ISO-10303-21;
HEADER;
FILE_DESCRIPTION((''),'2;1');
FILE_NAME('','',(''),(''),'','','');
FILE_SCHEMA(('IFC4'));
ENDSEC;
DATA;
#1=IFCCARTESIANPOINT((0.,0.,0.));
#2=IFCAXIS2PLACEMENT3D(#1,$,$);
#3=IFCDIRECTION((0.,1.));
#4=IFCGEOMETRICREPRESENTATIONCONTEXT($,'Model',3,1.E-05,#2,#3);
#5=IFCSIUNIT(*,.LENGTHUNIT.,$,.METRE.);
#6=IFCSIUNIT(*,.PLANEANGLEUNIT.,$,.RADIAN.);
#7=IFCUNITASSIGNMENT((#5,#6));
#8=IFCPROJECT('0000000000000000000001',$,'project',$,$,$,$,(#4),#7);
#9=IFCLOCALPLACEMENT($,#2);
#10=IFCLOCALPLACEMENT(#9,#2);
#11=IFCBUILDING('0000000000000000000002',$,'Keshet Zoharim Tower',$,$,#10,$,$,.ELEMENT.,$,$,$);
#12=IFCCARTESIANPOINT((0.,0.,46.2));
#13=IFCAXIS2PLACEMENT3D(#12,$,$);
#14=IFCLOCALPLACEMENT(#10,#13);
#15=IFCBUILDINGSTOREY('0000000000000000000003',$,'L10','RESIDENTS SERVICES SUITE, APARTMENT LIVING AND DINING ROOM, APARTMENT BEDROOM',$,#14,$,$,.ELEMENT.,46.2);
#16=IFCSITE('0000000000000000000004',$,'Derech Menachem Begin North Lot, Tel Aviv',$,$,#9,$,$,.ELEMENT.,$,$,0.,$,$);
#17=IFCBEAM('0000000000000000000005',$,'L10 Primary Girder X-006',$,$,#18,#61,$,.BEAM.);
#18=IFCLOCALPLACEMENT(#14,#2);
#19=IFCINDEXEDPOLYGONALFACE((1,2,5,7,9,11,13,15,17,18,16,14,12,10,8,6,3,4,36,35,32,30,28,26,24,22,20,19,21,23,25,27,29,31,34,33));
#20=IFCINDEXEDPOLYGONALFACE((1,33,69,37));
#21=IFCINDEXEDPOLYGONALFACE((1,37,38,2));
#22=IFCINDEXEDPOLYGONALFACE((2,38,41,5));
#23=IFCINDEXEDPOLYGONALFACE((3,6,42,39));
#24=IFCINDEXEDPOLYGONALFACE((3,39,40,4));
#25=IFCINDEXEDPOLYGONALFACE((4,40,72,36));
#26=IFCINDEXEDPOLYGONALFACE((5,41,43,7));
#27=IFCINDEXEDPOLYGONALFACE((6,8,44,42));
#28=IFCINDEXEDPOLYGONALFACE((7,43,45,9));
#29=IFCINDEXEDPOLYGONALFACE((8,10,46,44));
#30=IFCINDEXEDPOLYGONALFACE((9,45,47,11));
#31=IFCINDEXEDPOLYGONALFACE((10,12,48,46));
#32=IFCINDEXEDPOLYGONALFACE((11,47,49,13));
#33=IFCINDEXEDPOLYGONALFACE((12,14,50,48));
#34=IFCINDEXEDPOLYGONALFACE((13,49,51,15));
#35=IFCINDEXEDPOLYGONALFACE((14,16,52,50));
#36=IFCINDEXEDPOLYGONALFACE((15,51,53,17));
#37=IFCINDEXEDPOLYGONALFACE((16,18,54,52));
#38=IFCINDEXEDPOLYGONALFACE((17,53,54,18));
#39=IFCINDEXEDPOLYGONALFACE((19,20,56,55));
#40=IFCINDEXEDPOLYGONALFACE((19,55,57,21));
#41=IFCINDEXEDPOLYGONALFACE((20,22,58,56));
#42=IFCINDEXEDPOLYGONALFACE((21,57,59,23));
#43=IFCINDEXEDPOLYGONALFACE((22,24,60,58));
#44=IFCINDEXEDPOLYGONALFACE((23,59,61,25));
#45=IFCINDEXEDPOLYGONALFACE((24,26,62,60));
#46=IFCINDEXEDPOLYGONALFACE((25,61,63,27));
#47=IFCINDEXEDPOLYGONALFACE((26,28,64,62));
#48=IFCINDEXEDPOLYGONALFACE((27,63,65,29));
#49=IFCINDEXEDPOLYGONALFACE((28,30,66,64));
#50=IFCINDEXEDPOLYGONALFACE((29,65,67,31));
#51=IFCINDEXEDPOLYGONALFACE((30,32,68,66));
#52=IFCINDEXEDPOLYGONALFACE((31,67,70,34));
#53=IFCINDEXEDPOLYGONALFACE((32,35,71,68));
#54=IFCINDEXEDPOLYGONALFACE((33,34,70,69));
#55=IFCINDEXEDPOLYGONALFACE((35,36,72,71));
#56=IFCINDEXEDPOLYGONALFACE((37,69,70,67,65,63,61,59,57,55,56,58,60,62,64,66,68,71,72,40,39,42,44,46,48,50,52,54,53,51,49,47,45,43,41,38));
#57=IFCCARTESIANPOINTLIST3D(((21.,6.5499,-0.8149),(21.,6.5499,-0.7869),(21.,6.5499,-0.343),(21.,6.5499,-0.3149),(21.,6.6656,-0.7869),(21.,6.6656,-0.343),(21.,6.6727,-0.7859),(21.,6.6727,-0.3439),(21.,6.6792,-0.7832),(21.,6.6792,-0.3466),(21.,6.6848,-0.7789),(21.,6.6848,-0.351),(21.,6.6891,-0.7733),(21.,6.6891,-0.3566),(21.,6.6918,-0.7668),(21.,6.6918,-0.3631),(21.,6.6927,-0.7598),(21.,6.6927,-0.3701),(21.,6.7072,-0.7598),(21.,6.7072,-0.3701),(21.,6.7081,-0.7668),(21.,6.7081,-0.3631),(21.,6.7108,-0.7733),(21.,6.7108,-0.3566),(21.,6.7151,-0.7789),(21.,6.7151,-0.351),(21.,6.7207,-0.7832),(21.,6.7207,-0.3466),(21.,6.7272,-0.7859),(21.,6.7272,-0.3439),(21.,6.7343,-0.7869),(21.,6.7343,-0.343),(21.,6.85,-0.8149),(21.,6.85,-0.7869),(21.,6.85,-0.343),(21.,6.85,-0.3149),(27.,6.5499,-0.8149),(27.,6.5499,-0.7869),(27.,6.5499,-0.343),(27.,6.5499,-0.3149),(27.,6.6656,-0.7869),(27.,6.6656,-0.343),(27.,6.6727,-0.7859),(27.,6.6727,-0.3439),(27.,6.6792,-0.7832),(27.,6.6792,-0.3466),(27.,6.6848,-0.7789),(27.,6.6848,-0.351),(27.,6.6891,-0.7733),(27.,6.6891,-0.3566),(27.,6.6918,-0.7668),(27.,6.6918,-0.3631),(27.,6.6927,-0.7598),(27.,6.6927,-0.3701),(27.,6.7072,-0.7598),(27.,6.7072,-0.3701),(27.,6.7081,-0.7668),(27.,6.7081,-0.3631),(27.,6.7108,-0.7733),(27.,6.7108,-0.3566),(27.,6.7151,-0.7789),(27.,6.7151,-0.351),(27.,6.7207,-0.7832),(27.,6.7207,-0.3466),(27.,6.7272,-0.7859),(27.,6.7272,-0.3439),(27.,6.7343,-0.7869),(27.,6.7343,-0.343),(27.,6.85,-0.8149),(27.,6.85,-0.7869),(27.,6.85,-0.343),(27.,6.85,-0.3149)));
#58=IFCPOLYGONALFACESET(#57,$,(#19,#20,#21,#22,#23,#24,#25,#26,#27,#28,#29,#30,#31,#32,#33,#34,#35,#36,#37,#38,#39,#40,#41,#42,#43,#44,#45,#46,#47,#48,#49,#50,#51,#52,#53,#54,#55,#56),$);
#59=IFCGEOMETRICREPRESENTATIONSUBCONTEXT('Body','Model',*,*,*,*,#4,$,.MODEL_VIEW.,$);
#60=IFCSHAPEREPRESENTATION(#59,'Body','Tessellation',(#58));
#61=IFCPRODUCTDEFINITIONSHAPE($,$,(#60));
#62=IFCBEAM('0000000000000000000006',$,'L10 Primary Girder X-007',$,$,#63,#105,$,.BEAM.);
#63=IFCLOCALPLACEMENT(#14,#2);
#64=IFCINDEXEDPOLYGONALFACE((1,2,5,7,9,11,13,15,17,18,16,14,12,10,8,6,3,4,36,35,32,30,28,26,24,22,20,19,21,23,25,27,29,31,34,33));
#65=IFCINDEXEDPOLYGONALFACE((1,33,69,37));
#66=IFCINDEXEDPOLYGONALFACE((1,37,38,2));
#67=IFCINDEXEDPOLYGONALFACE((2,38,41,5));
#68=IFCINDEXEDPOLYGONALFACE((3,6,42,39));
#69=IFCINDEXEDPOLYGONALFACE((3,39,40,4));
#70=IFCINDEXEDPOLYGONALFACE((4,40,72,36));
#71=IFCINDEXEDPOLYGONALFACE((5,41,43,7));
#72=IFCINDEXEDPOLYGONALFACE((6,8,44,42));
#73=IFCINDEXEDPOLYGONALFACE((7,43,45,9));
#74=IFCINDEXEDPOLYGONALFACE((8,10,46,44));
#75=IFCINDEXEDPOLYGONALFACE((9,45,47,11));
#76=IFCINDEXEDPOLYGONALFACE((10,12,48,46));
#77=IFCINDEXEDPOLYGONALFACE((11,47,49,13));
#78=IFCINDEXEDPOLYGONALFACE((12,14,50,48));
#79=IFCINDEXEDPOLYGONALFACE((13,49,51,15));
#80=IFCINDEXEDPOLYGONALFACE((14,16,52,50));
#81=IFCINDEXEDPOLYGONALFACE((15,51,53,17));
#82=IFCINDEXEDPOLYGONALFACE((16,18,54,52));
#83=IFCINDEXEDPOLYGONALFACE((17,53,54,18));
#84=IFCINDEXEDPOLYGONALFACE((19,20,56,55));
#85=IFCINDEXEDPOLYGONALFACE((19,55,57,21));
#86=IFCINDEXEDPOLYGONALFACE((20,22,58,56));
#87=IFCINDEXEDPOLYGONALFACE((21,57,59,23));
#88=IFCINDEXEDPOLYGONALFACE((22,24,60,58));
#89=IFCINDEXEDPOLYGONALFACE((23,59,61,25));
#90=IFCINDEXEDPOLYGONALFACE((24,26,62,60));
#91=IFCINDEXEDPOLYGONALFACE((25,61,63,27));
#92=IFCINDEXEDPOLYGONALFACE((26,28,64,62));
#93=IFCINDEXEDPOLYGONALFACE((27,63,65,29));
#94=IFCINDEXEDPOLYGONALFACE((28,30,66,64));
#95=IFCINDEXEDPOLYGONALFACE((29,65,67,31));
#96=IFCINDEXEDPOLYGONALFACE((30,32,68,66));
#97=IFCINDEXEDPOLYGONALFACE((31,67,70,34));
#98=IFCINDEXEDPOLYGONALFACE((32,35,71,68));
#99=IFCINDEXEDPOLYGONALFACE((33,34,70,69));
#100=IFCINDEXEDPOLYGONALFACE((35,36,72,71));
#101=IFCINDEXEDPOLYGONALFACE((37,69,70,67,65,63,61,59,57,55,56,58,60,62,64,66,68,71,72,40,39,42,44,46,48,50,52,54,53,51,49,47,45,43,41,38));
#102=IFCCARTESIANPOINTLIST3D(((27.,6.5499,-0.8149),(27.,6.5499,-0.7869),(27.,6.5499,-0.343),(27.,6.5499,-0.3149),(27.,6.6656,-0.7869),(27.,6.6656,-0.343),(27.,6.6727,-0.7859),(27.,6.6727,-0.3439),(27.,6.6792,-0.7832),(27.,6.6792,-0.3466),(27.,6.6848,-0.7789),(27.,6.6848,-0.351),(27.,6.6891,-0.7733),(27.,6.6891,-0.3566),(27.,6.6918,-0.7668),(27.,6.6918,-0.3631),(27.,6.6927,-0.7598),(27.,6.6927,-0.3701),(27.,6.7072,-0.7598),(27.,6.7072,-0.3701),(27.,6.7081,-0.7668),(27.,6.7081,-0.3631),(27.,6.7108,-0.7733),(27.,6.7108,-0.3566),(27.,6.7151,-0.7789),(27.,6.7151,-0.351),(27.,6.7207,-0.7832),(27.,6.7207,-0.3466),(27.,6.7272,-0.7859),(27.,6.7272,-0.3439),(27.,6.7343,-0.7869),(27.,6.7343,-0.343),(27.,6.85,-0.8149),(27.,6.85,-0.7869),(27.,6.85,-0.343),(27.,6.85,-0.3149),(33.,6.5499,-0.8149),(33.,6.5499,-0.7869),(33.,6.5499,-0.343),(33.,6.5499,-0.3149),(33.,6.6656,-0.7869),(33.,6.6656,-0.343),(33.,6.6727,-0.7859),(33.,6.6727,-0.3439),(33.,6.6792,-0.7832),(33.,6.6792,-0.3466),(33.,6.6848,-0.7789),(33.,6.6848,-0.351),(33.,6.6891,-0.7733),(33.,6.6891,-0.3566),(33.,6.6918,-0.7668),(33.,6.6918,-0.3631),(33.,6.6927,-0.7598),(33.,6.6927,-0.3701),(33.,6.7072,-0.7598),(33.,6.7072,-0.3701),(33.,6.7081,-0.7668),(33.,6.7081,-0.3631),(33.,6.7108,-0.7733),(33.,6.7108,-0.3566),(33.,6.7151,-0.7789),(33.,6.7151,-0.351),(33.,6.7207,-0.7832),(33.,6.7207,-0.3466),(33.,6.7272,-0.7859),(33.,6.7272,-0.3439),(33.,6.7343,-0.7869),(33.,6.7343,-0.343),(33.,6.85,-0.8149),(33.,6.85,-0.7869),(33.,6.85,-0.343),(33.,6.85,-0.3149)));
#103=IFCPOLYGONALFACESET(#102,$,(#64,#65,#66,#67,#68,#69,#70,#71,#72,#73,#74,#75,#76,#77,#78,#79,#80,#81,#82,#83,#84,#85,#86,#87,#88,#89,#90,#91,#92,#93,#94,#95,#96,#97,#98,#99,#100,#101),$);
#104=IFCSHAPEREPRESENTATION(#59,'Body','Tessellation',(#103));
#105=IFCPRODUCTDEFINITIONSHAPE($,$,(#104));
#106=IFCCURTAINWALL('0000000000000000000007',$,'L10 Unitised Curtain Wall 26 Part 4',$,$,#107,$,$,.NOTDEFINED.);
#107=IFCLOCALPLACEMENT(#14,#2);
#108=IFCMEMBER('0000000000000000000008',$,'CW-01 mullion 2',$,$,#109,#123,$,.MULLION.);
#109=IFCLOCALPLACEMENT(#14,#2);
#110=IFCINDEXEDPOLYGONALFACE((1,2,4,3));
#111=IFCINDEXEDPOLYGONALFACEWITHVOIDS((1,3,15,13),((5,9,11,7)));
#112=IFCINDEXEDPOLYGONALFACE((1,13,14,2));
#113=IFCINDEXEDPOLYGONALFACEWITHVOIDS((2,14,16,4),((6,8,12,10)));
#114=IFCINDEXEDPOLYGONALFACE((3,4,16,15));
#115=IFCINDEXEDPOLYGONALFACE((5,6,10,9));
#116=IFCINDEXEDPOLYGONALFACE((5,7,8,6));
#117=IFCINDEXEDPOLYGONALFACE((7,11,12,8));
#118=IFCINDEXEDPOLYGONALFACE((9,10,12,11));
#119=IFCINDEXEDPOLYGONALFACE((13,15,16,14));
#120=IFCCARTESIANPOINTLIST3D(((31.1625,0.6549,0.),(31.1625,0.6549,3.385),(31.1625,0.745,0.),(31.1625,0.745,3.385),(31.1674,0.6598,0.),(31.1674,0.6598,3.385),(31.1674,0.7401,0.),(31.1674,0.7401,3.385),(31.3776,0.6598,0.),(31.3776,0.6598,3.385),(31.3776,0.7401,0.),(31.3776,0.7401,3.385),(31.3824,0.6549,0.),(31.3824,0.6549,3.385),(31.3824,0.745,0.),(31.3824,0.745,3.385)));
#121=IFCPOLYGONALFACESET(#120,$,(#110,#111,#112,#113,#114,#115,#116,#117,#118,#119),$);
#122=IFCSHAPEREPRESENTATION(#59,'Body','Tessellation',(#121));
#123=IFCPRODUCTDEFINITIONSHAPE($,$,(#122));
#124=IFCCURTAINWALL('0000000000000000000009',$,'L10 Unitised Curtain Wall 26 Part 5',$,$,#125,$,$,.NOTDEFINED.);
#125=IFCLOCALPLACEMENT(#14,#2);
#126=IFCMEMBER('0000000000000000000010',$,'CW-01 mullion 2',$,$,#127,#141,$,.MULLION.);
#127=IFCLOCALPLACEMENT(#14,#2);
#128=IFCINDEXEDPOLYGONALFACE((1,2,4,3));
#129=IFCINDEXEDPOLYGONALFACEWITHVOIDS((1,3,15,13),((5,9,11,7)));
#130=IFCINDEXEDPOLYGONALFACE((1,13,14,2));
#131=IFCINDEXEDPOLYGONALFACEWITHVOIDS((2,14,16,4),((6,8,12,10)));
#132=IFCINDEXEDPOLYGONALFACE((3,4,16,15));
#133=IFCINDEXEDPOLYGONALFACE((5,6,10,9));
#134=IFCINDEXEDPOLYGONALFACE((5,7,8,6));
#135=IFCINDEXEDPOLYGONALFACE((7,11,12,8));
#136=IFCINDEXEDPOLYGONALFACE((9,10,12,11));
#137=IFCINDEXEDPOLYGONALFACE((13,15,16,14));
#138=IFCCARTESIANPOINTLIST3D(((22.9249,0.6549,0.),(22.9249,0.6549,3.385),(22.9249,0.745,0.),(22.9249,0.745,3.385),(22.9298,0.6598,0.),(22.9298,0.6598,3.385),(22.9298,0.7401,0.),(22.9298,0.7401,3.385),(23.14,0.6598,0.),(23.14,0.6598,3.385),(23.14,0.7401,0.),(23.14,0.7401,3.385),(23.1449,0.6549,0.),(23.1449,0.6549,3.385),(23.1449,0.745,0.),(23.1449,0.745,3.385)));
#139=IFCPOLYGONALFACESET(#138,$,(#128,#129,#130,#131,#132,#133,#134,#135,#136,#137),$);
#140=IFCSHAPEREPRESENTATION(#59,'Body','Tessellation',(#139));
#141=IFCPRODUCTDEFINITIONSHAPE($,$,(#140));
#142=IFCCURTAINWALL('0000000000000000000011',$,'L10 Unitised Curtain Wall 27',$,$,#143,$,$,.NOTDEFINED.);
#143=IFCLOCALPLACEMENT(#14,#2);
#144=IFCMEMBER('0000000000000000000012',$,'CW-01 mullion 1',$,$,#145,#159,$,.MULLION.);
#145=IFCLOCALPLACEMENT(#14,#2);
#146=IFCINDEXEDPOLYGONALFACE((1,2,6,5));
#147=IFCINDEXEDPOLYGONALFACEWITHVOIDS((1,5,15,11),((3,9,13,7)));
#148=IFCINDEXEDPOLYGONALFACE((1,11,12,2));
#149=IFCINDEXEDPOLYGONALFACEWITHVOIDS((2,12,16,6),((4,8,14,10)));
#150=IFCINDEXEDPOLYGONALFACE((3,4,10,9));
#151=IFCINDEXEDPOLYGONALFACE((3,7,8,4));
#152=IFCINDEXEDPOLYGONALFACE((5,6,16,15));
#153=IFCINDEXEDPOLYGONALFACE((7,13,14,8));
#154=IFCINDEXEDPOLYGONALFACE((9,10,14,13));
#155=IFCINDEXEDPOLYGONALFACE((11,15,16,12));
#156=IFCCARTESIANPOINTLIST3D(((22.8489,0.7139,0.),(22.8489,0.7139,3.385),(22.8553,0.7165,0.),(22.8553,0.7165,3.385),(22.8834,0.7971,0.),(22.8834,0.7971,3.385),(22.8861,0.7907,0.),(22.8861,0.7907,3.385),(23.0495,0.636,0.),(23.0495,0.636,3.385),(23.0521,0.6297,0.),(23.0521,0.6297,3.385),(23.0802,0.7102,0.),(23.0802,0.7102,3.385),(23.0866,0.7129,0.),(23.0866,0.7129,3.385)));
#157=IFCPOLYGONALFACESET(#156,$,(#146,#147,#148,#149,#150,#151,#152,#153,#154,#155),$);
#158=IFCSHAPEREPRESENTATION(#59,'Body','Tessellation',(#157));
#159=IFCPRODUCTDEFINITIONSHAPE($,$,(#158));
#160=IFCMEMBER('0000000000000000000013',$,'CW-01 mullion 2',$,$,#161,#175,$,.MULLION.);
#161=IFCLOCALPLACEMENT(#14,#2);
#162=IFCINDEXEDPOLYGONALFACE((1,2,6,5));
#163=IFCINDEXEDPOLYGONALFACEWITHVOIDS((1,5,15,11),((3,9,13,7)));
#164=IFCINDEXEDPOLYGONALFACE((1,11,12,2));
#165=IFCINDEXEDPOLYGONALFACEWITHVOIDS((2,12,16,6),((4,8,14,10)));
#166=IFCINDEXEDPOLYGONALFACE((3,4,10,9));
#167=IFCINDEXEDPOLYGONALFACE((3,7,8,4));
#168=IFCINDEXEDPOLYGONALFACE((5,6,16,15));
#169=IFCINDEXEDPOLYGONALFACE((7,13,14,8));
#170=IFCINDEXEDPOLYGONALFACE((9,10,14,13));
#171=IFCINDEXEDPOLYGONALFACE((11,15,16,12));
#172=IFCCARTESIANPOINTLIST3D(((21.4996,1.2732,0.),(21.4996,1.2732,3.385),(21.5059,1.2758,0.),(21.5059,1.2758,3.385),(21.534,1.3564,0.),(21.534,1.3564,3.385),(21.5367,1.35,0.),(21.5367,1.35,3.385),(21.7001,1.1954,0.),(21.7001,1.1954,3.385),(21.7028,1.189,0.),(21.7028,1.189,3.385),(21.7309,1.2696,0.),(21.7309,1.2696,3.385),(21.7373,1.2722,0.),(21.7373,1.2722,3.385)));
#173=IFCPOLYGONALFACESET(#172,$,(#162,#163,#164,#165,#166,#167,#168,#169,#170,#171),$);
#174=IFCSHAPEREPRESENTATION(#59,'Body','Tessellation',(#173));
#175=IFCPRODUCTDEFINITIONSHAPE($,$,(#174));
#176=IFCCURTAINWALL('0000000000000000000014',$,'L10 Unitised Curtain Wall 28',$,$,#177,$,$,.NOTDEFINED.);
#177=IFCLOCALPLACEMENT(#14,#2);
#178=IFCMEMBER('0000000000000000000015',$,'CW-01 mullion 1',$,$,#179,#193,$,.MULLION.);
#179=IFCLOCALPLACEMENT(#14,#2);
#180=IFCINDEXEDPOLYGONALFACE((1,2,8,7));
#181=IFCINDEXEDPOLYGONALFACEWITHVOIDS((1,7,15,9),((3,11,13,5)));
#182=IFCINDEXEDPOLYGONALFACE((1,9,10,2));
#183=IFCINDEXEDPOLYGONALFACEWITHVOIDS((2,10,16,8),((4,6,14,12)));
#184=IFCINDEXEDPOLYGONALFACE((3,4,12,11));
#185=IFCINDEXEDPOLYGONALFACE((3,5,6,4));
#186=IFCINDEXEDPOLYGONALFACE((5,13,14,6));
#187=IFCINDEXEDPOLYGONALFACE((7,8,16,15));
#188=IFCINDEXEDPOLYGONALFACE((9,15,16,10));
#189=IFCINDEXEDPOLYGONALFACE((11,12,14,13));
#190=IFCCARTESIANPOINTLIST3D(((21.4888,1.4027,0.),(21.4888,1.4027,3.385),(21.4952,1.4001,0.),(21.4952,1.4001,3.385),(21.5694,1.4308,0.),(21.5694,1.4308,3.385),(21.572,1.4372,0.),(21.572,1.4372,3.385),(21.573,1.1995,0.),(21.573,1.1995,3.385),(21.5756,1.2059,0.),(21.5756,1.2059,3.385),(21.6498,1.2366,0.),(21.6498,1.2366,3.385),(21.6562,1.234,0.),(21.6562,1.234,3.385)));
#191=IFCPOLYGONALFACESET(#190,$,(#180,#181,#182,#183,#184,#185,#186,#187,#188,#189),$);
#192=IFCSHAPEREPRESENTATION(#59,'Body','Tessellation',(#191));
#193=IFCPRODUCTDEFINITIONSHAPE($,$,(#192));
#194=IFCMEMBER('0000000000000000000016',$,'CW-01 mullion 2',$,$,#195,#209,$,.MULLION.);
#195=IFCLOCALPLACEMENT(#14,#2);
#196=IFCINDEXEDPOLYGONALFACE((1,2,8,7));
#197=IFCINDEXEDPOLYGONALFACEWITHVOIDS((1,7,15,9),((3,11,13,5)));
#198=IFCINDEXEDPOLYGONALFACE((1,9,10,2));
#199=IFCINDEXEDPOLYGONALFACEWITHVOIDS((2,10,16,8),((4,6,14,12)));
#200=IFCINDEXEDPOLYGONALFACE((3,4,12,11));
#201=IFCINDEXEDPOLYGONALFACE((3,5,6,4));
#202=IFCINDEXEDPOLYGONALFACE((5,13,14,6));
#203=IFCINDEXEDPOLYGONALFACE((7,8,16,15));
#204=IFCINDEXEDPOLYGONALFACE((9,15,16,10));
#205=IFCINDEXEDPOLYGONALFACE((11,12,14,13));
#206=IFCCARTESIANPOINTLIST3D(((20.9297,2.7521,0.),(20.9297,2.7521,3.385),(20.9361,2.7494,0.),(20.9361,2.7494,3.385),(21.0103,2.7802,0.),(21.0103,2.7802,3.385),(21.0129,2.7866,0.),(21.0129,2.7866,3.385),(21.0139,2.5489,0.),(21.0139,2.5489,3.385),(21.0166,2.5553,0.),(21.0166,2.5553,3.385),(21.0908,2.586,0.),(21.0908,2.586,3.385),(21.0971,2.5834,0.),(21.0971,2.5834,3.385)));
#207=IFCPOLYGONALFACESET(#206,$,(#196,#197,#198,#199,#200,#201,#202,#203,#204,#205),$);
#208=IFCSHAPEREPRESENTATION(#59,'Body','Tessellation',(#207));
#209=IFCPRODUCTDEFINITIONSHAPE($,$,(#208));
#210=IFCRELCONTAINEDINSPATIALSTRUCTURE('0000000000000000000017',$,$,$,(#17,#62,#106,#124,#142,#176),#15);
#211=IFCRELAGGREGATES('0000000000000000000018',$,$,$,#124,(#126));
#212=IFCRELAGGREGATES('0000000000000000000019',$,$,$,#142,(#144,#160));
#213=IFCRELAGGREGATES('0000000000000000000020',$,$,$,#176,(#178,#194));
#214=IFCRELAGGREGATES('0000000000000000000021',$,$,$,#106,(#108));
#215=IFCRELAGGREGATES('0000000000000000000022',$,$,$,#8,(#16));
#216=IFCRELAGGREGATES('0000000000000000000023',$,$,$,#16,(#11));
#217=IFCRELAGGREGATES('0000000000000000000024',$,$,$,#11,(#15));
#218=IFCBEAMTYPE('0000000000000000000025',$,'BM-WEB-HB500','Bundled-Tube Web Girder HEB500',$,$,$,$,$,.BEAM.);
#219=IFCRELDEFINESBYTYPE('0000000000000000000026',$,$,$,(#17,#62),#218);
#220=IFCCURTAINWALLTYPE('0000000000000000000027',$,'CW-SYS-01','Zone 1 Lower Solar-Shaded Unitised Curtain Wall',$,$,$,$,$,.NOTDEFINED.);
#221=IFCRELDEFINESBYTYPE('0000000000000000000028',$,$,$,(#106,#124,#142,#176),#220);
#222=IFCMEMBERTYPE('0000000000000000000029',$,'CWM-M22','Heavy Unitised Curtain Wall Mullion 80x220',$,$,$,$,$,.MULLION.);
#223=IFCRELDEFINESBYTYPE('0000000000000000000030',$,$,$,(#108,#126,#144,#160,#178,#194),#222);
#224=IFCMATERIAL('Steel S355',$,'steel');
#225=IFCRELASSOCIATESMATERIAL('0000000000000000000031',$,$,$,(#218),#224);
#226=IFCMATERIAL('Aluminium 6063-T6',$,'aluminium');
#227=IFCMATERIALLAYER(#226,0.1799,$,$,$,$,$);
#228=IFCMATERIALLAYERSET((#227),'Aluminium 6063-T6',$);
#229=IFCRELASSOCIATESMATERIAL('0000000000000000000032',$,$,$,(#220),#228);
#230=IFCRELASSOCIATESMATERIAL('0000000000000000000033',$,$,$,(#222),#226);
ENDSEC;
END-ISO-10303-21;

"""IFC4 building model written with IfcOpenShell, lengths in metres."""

from ifc_helpers import new_model, si_unit, direction, frame, origin, origin_2d, place, context, subcontext, project, spatial, hollow_rectangle, i_section, extrude, material, layer, layer_set, material_profile, profile_set, type_object, element, aggregate, save


model = new_model("IFC4")

# Units and contexts
model_context = context("Model", 3, precision=1e-05, world=origin(), true_north=direction((0.0, 1.0)))
body_context = subcontext(model_context, "Body", "Model", "MODEL_VIEW")
ifc_project = project(units=[si_unit("LENGTHUNIT", "METRE"), si_unit("PLANEANGLEUNIT", "RADIAN")], contexts=[model_context])

# Site, building, storey
site_placement = place(None, origin())
site = spatial("IfcSite", under=ifc_project, at=site_placement, Name="Derech Menachem Begin North Lot, Tel Aviv", CompositionType="ELEMENT", RefElevation=0.0)
building_placement = place(site_placement, origin())
building = spatial("IfcBuilding", under=site, at=building_placement, Name="Keshet Zoharim Tower", CompositionType="ELEMENT")
storey_placement = place(building_placement, frame((0.0, 0.0, 46.2)))
storey = spatial("IfcBuildingStorey", under=building, at=storey_placement, Name="L10", Description="RESIDENTS SERVICES SUITE, APARTMENT LIVING AND DINING ROOM, APARTMENT BEDROOM", CompositionType="ELEMENT", Elevation=46.2)

# Shared definitions
ifc_material_1 = material(Name="Steel S355", Category="steel")

# Beams
ifc_material_profile_1 = material_profile(ifc_material_1, i_section(OverallWidth=0.3, OverallDepth=0.5, WebThickness=0.0144, FlangeThickness=0.0281, FilletRadius=0.0271, at=origin_2d()), Name="HEB500")
ifc_profile_set_1 = profile_set([ifc_material_profile_1], Name="Steel S355")
beam_type_1 = type_object("IfcBeamType", Name="BM-WEB-HB500", Description="Bundled-Tube Web Girder HEB500", PredefinedType="BEAM", material=ifc_profile_set_1)
for number, where, z_axis, x_axis, name in (
    (1, (21.0, 6.7, -0.5649), (1.0, 0.0, 0.0), (0.0, 1.0, 0.0), "L10 Primary Girder X-006"),
    (2, (27.0, 6.7, -0.5649), (1.0, 0.0, 0.0), (0.0, 1.0, 0.0), "L10 Primary Girder X-007"),
):
    element("IfcBeam", number, at=place(storey_placement, frame(where, z_axis=z_axis, x_axis=x_axis)), inside=storey, type_object=beam_type_1, Name=name, PredefinedType="BEAM", context=body_context, shape_type="SweptSolid", body=[
        extrude(i_section(OverallWidth=0.3, OverallDepth=0.5, WebThickness=0.0144, FlangeThickness=0.0281, FilletRadius=0.0271, at=origin_2d()), origin(), (0.0, 0.0, 1.0), 6.0),
    ])

# Curtain walls, members
ifc_material_2 = material(Name="Aluminium 6063-T6", Category="aluminium")
ifc_layer_1 = layer(ifc_material_2, 0.1799)
ifc_layer_set_1 = layer_set([ifc_layer_1], Name="Aluminium 6063-T6")
curtain_wall_type = type_object("IfcCurtainWallType", Name="CW-SYS-01", Description="Zone 1 Lower Solar-Shaded Unitised Curtain Wall", PredefinedType="NOTDEFINED", material=ifc_layer_set_1)
curtain_wall_1_placement = place(storey_placement, origin())
curtain_wall_1 = element("IfcCurtainWall", 3, at=curtain_wall_1_placement, inside=storey, type_object=curtain_wall_type, Name="L10 Unitised Curtain Wall 26 Part 4", PredefinedType="NOTDEFINED")
ifc_material_profile_2 = material_profile(ifc_material_2, hollow_rectangle(XDim=0.0901, YDim=0.22, WallThickness=0.0049, at=origin_2d()), Name="MUL-90x220")
ifc_profile_set_2 = profile_set([ifc_material_profile_2], Name="Aluminium 6063-T6")
member_type_1 = type_object("IfcMemberType", Name="CWM-M22", Description="Heavy Unitised Curtain Wall Mullion 80x220", PredefinedType="MULLION", material=ifc_profile_set_2)
member_1_placement = place(storey_placement, frame((31.2725, 0.7, 0.0), z_axis=(0.0, 0.0, 1.0), x_axis=(0.0, -1.0, 0.0)))
member_1 = element("IfcMember", 4, at=member_1_placement, type_object=member_type_1, Name="CW-01 mullion 2", PredefinedType="MULLION", context=body_context, shape_type="SweptSolid", body=[
    extrude(hollow_rectangle(XDim=0.0901, YDim=0.22, WallThickness=0.0049, at=origin_2d()), origin(), (0.0, 0.0, 1.0), 3.385),
])
curtain_wall_2_placement = place(storey_placement, origin())
curtain_wall_2 = element("IfcCurtainWall", 5, at=curtain_wall_2_placement, inside=storey, type_object=curtain_wall_type, Name="L10 Unitised Curtain Wall 26 Part 5", PredefinedType="NOTDEFINED")
member_2_placement = place(storey_placement, frame((23.0349, 0.7, 0.0), z_axis=(0.0, 0.0, 1.0), x_axis=(0.0, -1.0, 0.0)))
member_2 = element("IfcMember", 6, at=member_2_placement, type_object=member_type_1, Name="CW-01 mullion 2", PredefinedType="MULLION", context=body_context, shape_type="SweptSolid", body=[
    extrude(hollow_rectangle(XDim=0.0901, YDim=0.22, WallThickness=0.0049, at=origin_2d()), origin(), (0.0, 0.0, 1.0), 3.385),
])

# Curtain walls, members
curtain_wall_3_placement = place(storey_placement, origin())
curtain_wall_3 = element("IfcCurtainWall", 7, at=curtain_wall_3_placement, inside=storey, type_object=curtain_wall_type, Name="L10 Unitised Curtain Wall 27", PredefinedType="NOTDEFINED")
member_3_placement = place(storey_placement, frame((22.9678, 0.7134, 0.0), z_axis=(0.0, 0.0, 1.0), x_axis=(-0.382852, -0.92381, 0.0)))
member_3 = element("IfcMember", 8, at=member_3_placement, type_object=member_type_1, Name="CW-01 mullion 1", PredefinedType="MULLION", context=body_context, shape_type="SweptSolid", body=[
    extrude(hollow_rectangle(XDim=0.0901, YDim=0.22, WallThickness=0.0049, at=origin_2d()), origin(), (0.0, 0.0, 1.0), 3.385),
])
member_4_placement = place(storey_placement, frame((21.6184, 1.2727, 0.0), z_axis=(0.0, 0.0, 1.0), x_axis=(-0.382852, -0.92381, 0.0)))
member_4 = element("IfcMember", 9, at=member_4_placement, type_object=member_type_1, Name="CW-01 mullion 2", PredefinedType="MULLION", context=body_context, shape_type="SweptSolid", body=[
    extrude(hollow_rectangle(XDim=0.0901, YDim=0.22, WallThickness=0.0049, at=origin_2d()), origin(), (0.0, 0.0, 1.0), 3.385),
])
curtain_wall_4_placement = place(storey_placement, origin())
curtain_wall_4 = element("IfcCurtainWall", 10, at=curtain_wall_4_placement, inside=storey, type_object=curtain_wall_type, Name="L10 Unitised Curtain Wall 28", PredefinedType="NOTDEFINED")
member_5_placement = place(storey_placement, frame((21.5725, 1.3184, 0.0), z_axis=(0.0, 0.0, 1.0), x_axis=(-0.92381, -0.382852, 0.0)))
member_5 = element("IfcMember", 11, at=member_5_placement, type_object=member_type_1, Name="CW-01 mullion 1", PredefinedType="MULLION", context=body_context, shape_type="SweptSolid", body=[
    extrude(hollow_rectangle(XDim=0.0901, YDim=0.22, WallThickness=0.0049, at=origin_2d()), origin(), (0.0, 0.0, 1.0), 3.385),
])
member_6_placement = place(storey_placement, frame((21.0134, 2.6677, 0.0), z_axis=(0.0, 0.0, 1.0), x_axis=(-0.92381, -0.382852, 0.0)))
member_6 = element("IfcMember", 12, at=member_6_placement, type_object=member_type_1, Name="CW-01 mullion 2", PredefinedType="MULLION", context=body_context, shape_type="SweptSolid", body=[
    extrude(hollow_rectangle(XDim=0.0901, YDim=0.22, WallThickness=0.0049, at=origin_2d()), origin(), (0.0, 0.0, 1.0), 3.385),
])

aggregate(curtain_wall_2, [member_2])
aggregate(curtain_wall_3, [member_3, member_4])
aggregate(curtain_wall_4, [member_5, member_6])
aggregate(curtain_wall_1, [member_1])

save(model, "model.ifc")
